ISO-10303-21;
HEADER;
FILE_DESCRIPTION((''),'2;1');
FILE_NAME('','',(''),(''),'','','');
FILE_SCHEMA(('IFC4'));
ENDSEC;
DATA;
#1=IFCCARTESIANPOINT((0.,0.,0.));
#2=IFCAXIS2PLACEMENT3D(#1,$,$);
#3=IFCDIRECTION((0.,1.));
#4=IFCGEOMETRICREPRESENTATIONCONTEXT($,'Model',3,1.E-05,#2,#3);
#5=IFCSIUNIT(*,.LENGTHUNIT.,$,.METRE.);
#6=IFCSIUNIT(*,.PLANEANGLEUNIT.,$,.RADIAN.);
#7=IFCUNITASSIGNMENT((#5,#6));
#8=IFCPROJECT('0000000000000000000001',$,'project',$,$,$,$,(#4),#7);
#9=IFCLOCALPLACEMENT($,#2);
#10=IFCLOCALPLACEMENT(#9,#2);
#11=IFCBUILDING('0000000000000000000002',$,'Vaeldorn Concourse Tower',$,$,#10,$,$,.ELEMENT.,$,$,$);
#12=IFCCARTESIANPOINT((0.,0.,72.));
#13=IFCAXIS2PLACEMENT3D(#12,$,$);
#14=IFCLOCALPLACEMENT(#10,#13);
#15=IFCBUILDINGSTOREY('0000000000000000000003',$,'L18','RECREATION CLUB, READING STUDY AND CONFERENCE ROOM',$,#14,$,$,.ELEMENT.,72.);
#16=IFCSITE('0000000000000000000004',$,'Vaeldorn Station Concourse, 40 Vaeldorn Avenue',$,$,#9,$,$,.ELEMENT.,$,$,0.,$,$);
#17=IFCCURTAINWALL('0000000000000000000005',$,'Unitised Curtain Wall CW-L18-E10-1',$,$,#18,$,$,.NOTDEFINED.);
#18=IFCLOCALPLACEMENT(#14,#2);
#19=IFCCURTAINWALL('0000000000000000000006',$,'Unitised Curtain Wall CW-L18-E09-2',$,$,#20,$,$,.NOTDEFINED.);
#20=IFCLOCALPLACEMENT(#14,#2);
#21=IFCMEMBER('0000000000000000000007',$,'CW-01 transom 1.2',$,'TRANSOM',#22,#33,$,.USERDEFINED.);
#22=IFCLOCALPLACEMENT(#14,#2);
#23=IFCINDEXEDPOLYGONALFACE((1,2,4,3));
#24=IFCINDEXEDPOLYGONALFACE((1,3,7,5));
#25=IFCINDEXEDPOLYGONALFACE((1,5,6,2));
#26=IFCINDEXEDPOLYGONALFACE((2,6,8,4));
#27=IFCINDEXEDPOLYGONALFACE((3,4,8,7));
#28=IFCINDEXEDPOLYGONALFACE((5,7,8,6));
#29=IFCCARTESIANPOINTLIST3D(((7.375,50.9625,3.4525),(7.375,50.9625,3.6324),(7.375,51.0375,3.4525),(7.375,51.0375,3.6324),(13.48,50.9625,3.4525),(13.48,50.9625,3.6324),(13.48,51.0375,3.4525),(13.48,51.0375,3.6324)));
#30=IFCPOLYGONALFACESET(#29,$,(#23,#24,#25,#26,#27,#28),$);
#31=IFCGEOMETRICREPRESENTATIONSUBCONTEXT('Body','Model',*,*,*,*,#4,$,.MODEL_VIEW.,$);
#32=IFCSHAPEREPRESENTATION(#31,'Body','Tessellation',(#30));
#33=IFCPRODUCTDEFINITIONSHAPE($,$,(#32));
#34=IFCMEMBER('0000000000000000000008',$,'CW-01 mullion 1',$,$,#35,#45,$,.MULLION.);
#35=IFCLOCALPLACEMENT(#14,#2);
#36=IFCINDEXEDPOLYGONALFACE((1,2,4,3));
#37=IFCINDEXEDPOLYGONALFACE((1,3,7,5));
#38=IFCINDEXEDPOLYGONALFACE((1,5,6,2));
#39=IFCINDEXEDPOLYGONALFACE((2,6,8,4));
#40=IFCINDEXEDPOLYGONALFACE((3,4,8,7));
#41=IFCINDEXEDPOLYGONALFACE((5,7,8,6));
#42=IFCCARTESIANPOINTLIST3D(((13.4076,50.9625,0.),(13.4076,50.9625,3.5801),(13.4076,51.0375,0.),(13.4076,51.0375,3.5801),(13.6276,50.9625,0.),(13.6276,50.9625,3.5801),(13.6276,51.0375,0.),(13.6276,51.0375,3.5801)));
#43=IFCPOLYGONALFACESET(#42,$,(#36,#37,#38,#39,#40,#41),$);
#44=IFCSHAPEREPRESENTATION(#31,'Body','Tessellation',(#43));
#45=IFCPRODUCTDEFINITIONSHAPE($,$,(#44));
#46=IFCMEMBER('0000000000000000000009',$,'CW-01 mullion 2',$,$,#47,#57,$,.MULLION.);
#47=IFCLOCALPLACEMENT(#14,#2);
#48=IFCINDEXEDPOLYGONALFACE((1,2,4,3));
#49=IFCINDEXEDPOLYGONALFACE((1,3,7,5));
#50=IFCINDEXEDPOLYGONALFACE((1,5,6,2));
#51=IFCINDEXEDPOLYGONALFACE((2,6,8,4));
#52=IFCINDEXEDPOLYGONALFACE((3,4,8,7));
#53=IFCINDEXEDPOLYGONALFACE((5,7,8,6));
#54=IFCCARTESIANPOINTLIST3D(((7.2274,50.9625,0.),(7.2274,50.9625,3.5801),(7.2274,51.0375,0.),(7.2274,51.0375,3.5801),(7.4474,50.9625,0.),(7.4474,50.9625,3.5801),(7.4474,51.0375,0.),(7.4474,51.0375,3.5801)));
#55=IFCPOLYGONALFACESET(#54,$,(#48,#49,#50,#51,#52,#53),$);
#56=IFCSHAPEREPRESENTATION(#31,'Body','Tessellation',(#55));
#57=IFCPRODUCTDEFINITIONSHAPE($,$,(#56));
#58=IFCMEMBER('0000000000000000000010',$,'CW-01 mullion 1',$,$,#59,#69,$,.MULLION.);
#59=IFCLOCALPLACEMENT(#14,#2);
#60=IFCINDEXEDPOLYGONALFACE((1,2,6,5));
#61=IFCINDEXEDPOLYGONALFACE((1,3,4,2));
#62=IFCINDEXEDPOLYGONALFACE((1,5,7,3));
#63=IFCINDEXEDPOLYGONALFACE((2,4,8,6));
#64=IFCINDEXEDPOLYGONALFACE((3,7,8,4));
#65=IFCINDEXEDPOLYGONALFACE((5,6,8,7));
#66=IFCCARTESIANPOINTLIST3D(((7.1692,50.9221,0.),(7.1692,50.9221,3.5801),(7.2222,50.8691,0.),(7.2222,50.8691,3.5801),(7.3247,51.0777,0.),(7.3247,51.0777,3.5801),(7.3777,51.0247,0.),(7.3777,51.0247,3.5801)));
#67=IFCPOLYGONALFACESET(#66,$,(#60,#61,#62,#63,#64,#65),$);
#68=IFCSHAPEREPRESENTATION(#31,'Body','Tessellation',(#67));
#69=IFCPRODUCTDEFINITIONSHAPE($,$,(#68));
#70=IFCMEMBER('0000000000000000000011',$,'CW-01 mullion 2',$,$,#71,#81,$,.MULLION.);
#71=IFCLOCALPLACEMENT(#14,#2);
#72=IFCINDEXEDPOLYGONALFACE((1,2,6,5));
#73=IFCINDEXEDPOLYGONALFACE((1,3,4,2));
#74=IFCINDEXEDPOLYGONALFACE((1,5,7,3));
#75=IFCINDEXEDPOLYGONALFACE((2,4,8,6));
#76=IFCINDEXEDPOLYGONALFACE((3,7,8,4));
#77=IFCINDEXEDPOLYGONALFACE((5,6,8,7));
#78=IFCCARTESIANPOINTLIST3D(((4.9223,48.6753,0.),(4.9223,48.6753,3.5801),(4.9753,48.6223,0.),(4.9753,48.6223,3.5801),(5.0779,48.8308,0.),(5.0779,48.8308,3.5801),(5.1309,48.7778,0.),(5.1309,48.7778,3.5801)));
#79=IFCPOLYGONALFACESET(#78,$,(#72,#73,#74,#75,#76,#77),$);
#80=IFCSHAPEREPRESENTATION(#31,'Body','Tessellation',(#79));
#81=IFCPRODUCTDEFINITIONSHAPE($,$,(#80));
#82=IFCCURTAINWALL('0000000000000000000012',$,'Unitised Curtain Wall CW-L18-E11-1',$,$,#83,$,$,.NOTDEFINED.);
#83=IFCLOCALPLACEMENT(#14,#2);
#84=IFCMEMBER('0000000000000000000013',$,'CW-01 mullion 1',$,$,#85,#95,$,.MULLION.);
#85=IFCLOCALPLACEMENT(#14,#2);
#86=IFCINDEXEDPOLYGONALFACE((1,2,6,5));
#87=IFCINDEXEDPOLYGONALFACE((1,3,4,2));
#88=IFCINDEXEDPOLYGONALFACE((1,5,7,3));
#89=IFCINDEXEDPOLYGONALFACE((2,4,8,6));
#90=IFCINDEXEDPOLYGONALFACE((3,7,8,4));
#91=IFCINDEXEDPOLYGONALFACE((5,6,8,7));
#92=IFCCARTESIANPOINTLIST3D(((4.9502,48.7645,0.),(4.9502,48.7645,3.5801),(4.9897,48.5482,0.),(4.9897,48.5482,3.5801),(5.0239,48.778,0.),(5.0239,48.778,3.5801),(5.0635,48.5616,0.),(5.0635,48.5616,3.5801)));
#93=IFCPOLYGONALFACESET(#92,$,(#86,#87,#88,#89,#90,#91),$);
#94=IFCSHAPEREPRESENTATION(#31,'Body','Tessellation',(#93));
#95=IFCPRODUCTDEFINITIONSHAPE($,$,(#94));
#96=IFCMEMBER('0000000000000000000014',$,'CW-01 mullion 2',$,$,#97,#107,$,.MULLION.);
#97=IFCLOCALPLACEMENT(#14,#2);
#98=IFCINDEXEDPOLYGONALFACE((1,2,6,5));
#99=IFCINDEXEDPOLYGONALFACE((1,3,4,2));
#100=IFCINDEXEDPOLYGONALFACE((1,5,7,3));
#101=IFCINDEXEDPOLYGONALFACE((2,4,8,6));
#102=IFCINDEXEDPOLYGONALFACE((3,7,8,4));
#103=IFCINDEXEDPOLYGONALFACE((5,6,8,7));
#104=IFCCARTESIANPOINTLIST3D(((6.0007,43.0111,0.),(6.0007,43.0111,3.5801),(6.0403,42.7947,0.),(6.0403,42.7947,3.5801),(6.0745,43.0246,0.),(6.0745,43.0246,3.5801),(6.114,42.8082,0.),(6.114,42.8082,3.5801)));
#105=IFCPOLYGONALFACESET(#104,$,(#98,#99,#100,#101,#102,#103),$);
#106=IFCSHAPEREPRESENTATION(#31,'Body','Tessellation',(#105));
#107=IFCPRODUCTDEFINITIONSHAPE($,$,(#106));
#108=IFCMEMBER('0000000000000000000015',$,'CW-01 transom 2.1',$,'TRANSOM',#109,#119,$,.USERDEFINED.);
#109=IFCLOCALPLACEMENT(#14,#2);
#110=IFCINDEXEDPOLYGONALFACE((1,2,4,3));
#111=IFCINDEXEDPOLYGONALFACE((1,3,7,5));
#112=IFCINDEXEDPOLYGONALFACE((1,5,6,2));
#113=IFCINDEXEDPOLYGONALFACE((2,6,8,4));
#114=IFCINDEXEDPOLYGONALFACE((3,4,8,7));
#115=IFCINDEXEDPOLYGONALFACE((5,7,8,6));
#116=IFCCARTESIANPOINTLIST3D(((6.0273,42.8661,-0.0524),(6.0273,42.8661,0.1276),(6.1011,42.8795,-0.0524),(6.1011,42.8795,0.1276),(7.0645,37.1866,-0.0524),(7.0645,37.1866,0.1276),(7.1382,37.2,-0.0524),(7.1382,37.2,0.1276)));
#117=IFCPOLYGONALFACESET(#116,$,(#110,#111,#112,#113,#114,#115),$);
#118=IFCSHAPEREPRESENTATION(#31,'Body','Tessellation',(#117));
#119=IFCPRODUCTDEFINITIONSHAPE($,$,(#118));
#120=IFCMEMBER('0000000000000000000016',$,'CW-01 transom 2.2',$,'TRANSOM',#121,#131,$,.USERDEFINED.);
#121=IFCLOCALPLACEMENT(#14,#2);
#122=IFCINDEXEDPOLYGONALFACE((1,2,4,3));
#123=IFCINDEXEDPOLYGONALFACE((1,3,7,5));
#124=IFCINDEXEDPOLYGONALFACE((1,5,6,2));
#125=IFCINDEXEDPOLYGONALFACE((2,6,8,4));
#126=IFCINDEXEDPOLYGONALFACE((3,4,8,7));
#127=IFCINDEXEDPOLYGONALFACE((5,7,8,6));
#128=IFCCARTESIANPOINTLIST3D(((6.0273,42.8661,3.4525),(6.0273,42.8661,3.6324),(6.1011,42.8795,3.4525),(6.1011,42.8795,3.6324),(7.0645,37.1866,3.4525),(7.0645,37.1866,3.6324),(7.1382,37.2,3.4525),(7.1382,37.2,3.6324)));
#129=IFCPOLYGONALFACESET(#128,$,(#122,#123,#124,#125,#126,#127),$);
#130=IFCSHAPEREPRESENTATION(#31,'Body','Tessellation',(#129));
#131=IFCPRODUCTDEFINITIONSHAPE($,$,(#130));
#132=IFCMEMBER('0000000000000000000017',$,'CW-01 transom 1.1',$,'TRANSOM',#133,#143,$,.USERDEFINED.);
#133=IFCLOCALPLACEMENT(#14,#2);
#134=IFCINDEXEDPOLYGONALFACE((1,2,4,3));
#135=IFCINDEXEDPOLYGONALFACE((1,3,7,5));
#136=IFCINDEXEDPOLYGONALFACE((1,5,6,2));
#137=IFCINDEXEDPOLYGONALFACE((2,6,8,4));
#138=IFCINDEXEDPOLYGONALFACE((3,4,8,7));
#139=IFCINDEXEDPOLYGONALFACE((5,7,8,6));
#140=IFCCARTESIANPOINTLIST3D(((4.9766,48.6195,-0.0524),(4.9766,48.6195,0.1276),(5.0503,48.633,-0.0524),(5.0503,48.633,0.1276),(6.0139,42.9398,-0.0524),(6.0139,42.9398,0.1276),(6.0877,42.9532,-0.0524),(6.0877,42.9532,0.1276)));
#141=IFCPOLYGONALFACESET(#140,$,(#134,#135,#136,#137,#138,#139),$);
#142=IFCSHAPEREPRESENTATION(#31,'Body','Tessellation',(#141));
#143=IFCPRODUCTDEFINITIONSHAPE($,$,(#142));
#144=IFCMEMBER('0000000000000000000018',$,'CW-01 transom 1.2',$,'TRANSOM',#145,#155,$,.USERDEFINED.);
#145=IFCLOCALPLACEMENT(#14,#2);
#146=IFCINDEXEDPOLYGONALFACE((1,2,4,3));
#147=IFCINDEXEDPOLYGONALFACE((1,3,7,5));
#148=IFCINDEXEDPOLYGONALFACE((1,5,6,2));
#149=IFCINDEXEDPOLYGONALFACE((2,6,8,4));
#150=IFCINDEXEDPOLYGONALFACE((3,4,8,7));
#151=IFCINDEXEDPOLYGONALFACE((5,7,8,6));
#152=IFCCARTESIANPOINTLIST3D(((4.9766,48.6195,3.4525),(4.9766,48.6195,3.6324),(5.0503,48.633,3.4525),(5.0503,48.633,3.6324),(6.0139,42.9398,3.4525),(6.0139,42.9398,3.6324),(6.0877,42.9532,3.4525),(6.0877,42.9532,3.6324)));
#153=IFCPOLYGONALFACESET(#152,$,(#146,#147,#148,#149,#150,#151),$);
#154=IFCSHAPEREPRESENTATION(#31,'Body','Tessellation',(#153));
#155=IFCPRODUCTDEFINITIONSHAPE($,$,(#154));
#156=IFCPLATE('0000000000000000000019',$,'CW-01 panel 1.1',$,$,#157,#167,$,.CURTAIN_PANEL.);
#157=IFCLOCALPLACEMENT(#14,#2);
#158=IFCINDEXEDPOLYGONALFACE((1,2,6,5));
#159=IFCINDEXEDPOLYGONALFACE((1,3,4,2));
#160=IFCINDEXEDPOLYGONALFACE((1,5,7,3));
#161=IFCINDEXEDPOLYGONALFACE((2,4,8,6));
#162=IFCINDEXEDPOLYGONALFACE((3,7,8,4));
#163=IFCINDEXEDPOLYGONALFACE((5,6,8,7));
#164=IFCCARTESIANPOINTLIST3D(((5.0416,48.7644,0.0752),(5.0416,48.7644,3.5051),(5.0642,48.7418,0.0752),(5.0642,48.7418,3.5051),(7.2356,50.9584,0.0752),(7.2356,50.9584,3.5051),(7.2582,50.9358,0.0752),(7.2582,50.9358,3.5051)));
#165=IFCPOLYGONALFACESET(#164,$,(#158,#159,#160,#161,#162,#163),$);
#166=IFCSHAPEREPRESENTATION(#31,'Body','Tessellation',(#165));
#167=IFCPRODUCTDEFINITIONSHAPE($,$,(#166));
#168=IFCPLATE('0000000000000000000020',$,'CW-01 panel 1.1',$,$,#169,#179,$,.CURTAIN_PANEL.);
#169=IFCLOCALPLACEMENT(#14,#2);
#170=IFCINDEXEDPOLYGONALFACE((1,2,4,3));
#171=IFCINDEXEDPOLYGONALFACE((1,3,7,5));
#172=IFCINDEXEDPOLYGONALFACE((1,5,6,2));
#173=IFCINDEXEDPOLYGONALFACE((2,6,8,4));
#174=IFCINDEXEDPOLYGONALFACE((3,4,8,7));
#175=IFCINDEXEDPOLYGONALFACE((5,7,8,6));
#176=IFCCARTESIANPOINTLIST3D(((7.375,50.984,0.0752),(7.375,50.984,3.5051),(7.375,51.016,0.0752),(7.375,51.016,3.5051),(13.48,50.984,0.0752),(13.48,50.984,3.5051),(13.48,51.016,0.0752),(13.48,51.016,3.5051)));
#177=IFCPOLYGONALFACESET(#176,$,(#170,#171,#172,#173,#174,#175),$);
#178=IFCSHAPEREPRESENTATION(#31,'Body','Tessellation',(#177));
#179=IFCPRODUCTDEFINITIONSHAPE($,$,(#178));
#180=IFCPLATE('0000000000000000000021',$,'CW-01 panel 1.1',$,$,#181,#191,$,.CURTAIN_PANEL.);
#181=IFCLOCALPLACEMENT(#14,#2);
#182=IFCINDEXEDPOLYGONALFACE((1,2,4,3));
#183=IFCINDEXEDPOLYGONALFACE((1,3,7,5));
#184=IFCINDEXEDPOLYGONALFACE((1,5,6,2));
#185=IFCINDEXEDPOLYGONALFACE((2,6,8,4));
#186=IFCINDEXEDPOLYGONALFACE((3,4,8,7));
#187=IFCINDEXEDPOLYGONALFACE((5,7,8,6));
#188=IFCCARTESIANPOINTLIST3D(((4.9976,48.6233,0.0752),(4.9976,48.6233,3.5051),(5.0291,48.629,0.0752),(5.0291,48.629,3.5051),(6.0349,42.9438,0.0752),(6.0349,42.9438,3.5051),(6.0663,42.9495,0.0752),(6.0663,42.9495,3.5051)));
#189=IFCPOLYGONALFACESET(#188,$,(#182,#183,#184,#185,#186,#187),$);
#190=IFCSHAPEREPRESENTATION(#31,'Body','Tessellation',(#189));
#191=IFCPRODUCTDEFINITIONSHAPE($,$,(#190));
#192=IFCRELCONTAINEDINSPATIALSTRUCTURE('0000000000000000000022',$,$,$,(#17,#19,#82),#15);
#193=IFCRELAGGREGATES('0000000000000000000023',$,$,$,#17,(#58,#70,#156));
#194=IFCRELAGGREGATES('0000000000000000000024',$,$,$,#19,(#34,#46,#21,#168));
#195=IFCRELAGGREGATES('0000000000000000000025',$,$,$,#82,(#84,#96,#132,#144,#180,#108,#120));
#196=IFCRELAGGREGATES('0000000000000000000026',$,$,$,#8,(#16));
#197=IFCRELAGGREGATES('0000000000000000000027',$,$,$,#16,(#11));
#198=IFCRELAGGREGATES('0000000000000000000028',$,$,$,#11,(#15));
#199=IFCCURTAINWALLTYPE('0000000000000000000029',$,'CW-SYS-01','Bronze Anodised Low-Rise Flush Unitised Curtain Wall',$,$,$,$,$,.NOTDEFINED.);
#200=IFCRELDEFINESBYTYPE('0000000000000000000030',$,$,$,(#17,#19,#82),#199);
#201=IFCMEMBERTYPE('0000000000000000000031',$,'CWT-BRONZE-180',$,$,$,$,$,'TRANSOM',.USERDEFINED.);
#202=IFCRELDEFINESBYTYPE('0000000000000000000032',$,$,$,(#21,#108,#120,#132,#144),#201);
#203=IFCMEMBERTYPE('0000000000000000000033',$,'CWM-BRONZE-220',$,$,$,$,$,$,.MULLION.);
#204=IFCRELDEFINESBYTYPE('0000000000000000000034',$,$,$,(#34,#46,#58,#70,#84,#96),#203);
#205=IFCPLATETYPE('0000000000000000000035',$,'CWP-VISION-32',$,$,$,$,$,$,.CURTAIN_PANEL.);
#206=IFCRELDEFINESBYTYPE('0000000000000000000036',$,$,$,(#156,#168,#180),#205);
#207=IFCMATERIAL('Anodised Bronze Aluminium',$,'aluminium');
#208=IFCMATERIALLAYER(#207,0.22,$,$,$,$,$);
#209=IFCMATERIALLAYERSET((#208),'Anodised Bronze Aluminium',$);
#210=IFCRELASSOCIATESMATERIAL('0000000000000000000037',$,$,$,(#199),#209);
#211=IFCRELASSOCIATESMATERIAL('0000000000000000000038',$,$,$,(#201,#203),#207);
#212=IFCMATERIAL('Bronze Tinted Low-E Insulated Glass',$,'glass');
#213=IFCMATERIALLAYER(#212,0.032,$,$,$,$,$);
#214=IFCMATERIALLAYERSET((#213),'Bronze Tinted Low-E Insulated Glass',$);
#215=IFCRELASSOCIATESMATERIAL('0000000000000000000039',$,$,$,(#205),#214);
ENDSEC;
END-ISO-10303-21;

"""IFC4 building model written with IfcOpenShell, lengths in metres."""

from ifc_helpers import new_model, si_unit, direction, frame, origin, origin_2d, place, context, subcontext, project, spatial, rectangle, extrude, source, transform, mapped, material, layer, layer_set, material_profile, profile_set, type_object, element, aggregate, save


model = new_model("IFC4")

# Units and contexts
model_context = context("Model", 3, precision=1e-05, world=origin(), true_north=direction((0.0, 1.0)))
body_context = subcontext(model_context, "Body", "Model", "MODEL_VIEW")
ifc_project = project(units=[si_unit("LENGTHUNIT", "METRE"), si_unit("PLANEANGLEUNIT", "RADIAN")], contexts=[model_context])

# Site, building, storey
site_placement = place(None, origin())
site = spatial("IfcSite", under=ifc_project, at=site_placement, Name="Vaeldorn Station Concourse, 40 Vaeldorn Avenue", CompositionType="ELEMENT", RefElevation=0.0)
building_placement = place(site_placement, origin())
building = spatial("IfcBuilding", under=site, at=building_placement, Name="Vaeldorn Concourse Tower", CompositionType="ELEMENT")
storey_placement = place(building_placement, frame((0.0, 0.0, 72.0)))
storey = spatial("IfcBuildingStorey", under=building, at=storey_placement, Name="L18", Description="RECREATION CLUB, READING STUDY AND CONFERENCE ROOM", CompositionType="ELEMENT", Elevation=72.0)

# Curtain walls, members
ifc_material_1 = material(Name="Anodised Bronze Aluminium", Category="aluminium")
ifc_layer_1 = layer(ifc_material_1, 0.22)
ifc_layer_set_1 = layer_set([ifc_layer_1], Name="Anodised Bronze Aluminium")
curtain_wall_type = type_object("IfcCurtainWallType", Name="CW-SYS-01", Description="Bronze Anodised Low-Rise Flush Unitised Curtain Wall", PredefinedType="NOTDEFINED", material=ifc_layer_set_1)
curtain_wall_1_placement = place(storey_placement, origin())
curtain_wall_1 = element("IfcCurtainWall", 1, at=curtain_wall_1_placement, inside=storey, type_object=curtain_wall_type, Name="Unitised Curtain Wall CW-L18-E10-1", PredefinedType="NOTDEFINED")
ifc_material_profile_1 = material_profile(ifc_material_1, rectangle(XDim=0.075, YDim=0.1799, at=origin_2d()), Name="CWT 75x180")
ifc_profile_set_1 = profile_set([ifc_material_profile_1], Name="Anodised Bronze Aluminium")
member_type_1 = type_object("IfcMemberType", Name="CWT-BRONZE-180", ElementType="TRANSOM", PredefinedType="USERDEFINED", material=ifc_profile_set_1)
curtain_wall_2_placement = place(storey_placement, origin())
curtain_wall_2 = element("IfcCurtainWall", 2, at=curtain_wall_2_placement, inside=storey, type_object=curtain_wall_type, Name="Unitised Curtain Wall CW-L18-E09-2", PredefinedType="NOTDEFINED")
shared_shape_1 = source(origin(), body_context, "Body", "SweptSolid", [
    extrude(rectangle(XDim=0.075, YDim=0.1799, at=origin_2d()), origin(), (0.0, 0.0, 1.0), 6.105),
])
member_1_placement = place(storey_placement, frame((13.48, 51.0, 3.5425), z_axis=(-1.0, 0.0, 0.0), x_axis=(0.0, -1.0, 0.0)))
member_1 = element("IfcMember", 3, at=member_1_placement, type_object=member_type_1, Name="CW-01 transom 1.2", ObjectType="TRANSOM", PredefinedType="USERDEFINED", context=body_context, shape_type="MappedRepresentation", body=[
    mapped(shared_shape_1, transform((0.0, 0.0, 0.0), scale=1.0)),
])
ifc_material_profile_2 = material_profile(ifc_material_1, rectangle(XDim=0.075, YDim=0.22, at=origin_2d()), Name="CWM 75x220")
ifc_profile_set_2 = profile_set([ifc_material_profile_2], Name="Anodised Bronze Aluminium")
member_type_2 = type_object("IfcMemberType", Name="CWM-BRONZE-220", PredefinedType="MULLION", material=ifc_profile_set_2)
shared_shape_2 = source(origin(), body_context, "Body", "SweptSolid", [
    extrude(rectangle(XDim=0.075, YDim=0.22, at=origin_2d()), origin(), (0.0, 0.0, 1.0), 3.5801),
])
member_2_placement = place(storey_placement, frame((13.5176, 51.0, 0.0), z_axis=(0.0, 0.0, 1.0), x_axis=(0.0, -1.0, 0.0)))
member_2 = element("IfcMember", 4, at=member_2_placement, type_object=member_type_2, Name="CW-01 mullion 1", PredefinedType="MULLION", context=body_context, shape_type="MappedRepresentation", body=[
    mapped(shared_shape_2, transform((0.0, 0.0, 0.0), scale=1.0)),
])
member_3_placement = place(storey_placement, frame((7.3374, 51.0, 0.0), z_axis=(0.0, 0.0, 1.0), x_axis=(0.0, -1.0, 0.0)))
member_3 = element("IfcMember", 5, at=member_3_placement, type_object=member_type_2, Name="CW-01 mullion 2", PredefinedType="MULLION", context=body_context, shape_type="MappedRepresentation", body=[
    mapped(shared_shape_2, transform((0.0, 0.0, 0.0), scale=1.0)),
])

# Members
member_4_placement = place(storey_placement, frame((7.2734, 50.9734, 0.0), z_axis=(0.0, 0.0, 1.0), x_axis=(0.707107, -0.707107, 0.0)))
member_4 = element("IfcMember", 6, at=member_4_placement, type_object=member_type_2, Name="CW-01 mullion 1", PredefinedType="MULLION", context=body_context, shape_type="MappedRepresentation", body=[
    mapped(shared_shape_2, transform((0.0, 0.0, 0.0), scale=1.0)),
])
member_5_placement = place(storey_placement, frame((5.0266, 48.7266, 0.0), z_axis=(0.0, 0.0, 1.0), x_axis=(0.707107, -0.707107, 0.0)))
member_5 = element("IfcMember", 7, at=member_5_placement, type_object=member_type_2, Name="CW-01 mullion 2", PredefinedType="MULLION", context=body_context, shape_type="MappedRepresentation", body=[
    mapped(shared_shape_2, transform((0.0, 0.0, 0.0), scale=1.0)),
])

# Curtain wall, members
curtain_wall_3_placement = place(storey_placement, origin())
curtain_wall_3 = element("IfcCurtainWall", 8, at=curtain_wall_3_placement, inside=storey, type_object=curtain_wall_type, Name="Unitised Curtain Wall CW-L18-E11-1", PredefinedType="NOTDEFINED")
member_6_placement = place(storey_placement, frame((5.0068, 48.6631, 0.0), z_axis=(0.0, 0.0, 1.0), x_axis=(0.98373, 0.179655, 0.0)))
member_6 = element("IfcMember", 9, at=member_6_placement, type_object=member_type_2, Name="CW-01 mullion 1", PredefinedType="MULLION", context=body_context, shape_type="MappedRepresentation", body=[
    mapped(shared_shape_2, transform((0.0, 0.0, 0.0), scale=1.0)),
])
member_7_placement = place(storey_placement, frame((6.0574, 42.9097, 0.0), z_axis=(0.0, 0.0, 1.0), x_axis=(0.98373, 0.179655, 0.0)))
member_7 = element("IfcMember", 10, at=member_7_placement, type_object=member_type_2, Name="CW-01 mullion 2", PredefinedType="MULLION", context=body_context, shape_type="MappedRepresentation", body=[
    mapped(shared_shape_2, transform((0.0, 0.0, 0.0), scale=1.0)),
])
shared_shape_3 = source(origin(), body_context, "Body", "SweptSolid", [
    extrude(rectangle(XDim=0.075, YDim=0.1799, at=origin_2d()), origin(), (0.0, 0.0, 1.0), 5.7734),
])
member_8_placement = place(storey_placement, frame((6.0642, 42.8728, 0.0376), z_axis=(0.179637, -0.983733, 0.0), x_axis=(0.983733, 0.179637, 0.0)))
member_8 = element("IfcMember", 11, at=member_8_placement, type_object=member_type_1, Name="CW-01 transom 2.1", ObjectType="TRANSOM", PredefinedType="USERDEFINED", context=body_context, shape_type="MappedRepresentation", body=[
    mapped(shared_shape_3, transform((0.0, 0.0, 0.0), scale=1.0)),
])
member_9_placement = place(storey_placement, frame((6.0642, 42.8728, 3.5425), z_axis=(0.179637, -0.983733, 0.0), x_axis=(0.983733, 0.179637, 0.0)))
member_9 = element("IfcMember", 12, at=member_9_placement, type_object=member_type_1, Name="CW-01 transom 2.2", ObjectType="TRANSOM", PredefinedType="USERDEFINED", context=body_context, shape_type="MappedRepresentation", body=[
    mapped(shared_shape_3, transform((0.0, 0.0, 0.0), scale=1.0)),
])
shared_shape_4 = source(origin(), body_context, "Body", "SweptSolid", [
    extrude(rectangle(XDim=0.075, YDim=0.1799, at=origin_2d()), origin(), (0.0, 0.0, 1.0), 5.7737),
])
member_10_placement = place(storey_placement, frame((5.0134, 48.6262, 0.0376), z_axis=(0.179671, -0.983727, 0.0), x_axis=(0.983727, 0.179671, 0.0)))
member_10 = element("IfcMember", 13, at=member_10_placement, type_object=member_type_1, Name="CW-01 transom 1.1", ObjectType="TRANSOM", PredefinedType="USERDEFINED", context=body_context, shape_type="MappedRepresentation", body=[
    mapped(shared_shape_4, transform((0.0, 0.0, 0.0), scale=1.0)),
])
member_11_placement = place(storey_placement, frame((5.0134, 48.6262, 3.5425), z_axis=(0.179671, -0.983727, 0.0), x_axis=(0.983727, 0.179671, 0.0)))
member_11 = element("IfcMember", 14, at=member_11_placement, type_object=member_type_1, Name="CW-01 transom 1.2", ObjectType="TRANSOM", PredefinedType="USERDEFINED", context=body_context, shape_type="MappedRepresentation", body=[
    mapped(shared_shape_4, transform((0.0, 0.0, 0.0), scale=1.0)),
])

# Plates
ifc_material_2 = material(Name="Bronze Tinted Low-E Insulated Glass", Category="glass")
ifc_layer_2 = layer(ifc_material_2, 0.032)
ifc_layer_set_2 = layer_set([ifc_layer_2], Name="Bronze Tinted Low-E Insulated Glass")
plate_type = type_object("IfcPlateType", Name="CWP-VISION-32", PredefinedType="CURTAIN_PANEL", material=ifc_layer_set_2)
shared_shape_5 = source(origin(), body_context, "Body", "SweptSolid", [
    extrude(rectangle(XDim=3.1028, YDim=0.032, at=origin_2d()), origin(), (0.0, 0.0, 1.0), 3.4299),
])
plate_1_placement = place(storey_placement, frame((6.1499, 49.8501, 0.0752), z_axis=(0.0, 0.0, 1.0), x_axis=(-0.707107, -0.707107, 0.0)))
plate_1 = element("IfcPlate", 15, at=plate_1_placement, type_object=plate_type, Name="CW-01 panel 1.1", PredefinedType="CURTAIN_PANEL", context=body_context, shape_type="MappedRepresentation", body=[
    mapped(shared_shape_5, transform((0.0, 0.0, 0.0), scale=1.0)),
])
aggregate(curtain_wall_1, [member_4, member_5, plate_1])
shared_shape_6 = source(origin(), body_context, "Body", "SweptSolid", [
    extrude(rectangle(XDim=6.105, YDim=0.032, at=origin_2d()), origin(), (0.0, 0.0, 1.0), 3.4299),
])
plate_2_placement = place(storey_placement, frame((10.4275, 51.0, 0.0752), z_axis=(0.0, 0.0, 1.0), x_axis=(-1.0, 0.0, 0.0)))
plate_2 = element("IfcPlate", 16, at=plate_2_placement, type_object=plate_type, Name="CW-01 panel 1.1", PredefinedType="CURTAIN_PANEL", context=body_context, shape_type="MappedRepresentation", body=[
    mapped(shared_shape_6, transform((0.0, 0.0, 0.0), scale=1.0)),
])
aggregate(curtain_wall_2, [member_2, member_3, member_1, plate_2])
shared_shape_7 = source(origin(), body_context, "Body", "SweptSolid", [
    extrude(rectangle(XDim=5.7734, YDim=0.032, at=origin_2d()), origin(), (0.0, 0.0, 1.0), 3.4299),
])
plate_3_placement = place(storey_placement, frame((5.532, 45.7864, 0.0752), z_axis=(0.0, 0.0, 1.0), x_axis=(0.179655, -0.98373, 0.0)))
plate_3 = element("IfcPlate", 17, at=plate_3_placement, type_object=plate_type, Name="CW-01 panel 1.1", PredefinedType="CURTAIN_PANEL", context=body_context, shape_type="MappedRepresentation", body=[
    mapped(shared_shape_7, transform((0.0, 0.0, 0.0), scale=1.0)),
])
aggregate(curtain_wall_3, [member_6, member_7, member_10, member_11, plate_3, member_8, member_9])

save(model, "model.ifc")
